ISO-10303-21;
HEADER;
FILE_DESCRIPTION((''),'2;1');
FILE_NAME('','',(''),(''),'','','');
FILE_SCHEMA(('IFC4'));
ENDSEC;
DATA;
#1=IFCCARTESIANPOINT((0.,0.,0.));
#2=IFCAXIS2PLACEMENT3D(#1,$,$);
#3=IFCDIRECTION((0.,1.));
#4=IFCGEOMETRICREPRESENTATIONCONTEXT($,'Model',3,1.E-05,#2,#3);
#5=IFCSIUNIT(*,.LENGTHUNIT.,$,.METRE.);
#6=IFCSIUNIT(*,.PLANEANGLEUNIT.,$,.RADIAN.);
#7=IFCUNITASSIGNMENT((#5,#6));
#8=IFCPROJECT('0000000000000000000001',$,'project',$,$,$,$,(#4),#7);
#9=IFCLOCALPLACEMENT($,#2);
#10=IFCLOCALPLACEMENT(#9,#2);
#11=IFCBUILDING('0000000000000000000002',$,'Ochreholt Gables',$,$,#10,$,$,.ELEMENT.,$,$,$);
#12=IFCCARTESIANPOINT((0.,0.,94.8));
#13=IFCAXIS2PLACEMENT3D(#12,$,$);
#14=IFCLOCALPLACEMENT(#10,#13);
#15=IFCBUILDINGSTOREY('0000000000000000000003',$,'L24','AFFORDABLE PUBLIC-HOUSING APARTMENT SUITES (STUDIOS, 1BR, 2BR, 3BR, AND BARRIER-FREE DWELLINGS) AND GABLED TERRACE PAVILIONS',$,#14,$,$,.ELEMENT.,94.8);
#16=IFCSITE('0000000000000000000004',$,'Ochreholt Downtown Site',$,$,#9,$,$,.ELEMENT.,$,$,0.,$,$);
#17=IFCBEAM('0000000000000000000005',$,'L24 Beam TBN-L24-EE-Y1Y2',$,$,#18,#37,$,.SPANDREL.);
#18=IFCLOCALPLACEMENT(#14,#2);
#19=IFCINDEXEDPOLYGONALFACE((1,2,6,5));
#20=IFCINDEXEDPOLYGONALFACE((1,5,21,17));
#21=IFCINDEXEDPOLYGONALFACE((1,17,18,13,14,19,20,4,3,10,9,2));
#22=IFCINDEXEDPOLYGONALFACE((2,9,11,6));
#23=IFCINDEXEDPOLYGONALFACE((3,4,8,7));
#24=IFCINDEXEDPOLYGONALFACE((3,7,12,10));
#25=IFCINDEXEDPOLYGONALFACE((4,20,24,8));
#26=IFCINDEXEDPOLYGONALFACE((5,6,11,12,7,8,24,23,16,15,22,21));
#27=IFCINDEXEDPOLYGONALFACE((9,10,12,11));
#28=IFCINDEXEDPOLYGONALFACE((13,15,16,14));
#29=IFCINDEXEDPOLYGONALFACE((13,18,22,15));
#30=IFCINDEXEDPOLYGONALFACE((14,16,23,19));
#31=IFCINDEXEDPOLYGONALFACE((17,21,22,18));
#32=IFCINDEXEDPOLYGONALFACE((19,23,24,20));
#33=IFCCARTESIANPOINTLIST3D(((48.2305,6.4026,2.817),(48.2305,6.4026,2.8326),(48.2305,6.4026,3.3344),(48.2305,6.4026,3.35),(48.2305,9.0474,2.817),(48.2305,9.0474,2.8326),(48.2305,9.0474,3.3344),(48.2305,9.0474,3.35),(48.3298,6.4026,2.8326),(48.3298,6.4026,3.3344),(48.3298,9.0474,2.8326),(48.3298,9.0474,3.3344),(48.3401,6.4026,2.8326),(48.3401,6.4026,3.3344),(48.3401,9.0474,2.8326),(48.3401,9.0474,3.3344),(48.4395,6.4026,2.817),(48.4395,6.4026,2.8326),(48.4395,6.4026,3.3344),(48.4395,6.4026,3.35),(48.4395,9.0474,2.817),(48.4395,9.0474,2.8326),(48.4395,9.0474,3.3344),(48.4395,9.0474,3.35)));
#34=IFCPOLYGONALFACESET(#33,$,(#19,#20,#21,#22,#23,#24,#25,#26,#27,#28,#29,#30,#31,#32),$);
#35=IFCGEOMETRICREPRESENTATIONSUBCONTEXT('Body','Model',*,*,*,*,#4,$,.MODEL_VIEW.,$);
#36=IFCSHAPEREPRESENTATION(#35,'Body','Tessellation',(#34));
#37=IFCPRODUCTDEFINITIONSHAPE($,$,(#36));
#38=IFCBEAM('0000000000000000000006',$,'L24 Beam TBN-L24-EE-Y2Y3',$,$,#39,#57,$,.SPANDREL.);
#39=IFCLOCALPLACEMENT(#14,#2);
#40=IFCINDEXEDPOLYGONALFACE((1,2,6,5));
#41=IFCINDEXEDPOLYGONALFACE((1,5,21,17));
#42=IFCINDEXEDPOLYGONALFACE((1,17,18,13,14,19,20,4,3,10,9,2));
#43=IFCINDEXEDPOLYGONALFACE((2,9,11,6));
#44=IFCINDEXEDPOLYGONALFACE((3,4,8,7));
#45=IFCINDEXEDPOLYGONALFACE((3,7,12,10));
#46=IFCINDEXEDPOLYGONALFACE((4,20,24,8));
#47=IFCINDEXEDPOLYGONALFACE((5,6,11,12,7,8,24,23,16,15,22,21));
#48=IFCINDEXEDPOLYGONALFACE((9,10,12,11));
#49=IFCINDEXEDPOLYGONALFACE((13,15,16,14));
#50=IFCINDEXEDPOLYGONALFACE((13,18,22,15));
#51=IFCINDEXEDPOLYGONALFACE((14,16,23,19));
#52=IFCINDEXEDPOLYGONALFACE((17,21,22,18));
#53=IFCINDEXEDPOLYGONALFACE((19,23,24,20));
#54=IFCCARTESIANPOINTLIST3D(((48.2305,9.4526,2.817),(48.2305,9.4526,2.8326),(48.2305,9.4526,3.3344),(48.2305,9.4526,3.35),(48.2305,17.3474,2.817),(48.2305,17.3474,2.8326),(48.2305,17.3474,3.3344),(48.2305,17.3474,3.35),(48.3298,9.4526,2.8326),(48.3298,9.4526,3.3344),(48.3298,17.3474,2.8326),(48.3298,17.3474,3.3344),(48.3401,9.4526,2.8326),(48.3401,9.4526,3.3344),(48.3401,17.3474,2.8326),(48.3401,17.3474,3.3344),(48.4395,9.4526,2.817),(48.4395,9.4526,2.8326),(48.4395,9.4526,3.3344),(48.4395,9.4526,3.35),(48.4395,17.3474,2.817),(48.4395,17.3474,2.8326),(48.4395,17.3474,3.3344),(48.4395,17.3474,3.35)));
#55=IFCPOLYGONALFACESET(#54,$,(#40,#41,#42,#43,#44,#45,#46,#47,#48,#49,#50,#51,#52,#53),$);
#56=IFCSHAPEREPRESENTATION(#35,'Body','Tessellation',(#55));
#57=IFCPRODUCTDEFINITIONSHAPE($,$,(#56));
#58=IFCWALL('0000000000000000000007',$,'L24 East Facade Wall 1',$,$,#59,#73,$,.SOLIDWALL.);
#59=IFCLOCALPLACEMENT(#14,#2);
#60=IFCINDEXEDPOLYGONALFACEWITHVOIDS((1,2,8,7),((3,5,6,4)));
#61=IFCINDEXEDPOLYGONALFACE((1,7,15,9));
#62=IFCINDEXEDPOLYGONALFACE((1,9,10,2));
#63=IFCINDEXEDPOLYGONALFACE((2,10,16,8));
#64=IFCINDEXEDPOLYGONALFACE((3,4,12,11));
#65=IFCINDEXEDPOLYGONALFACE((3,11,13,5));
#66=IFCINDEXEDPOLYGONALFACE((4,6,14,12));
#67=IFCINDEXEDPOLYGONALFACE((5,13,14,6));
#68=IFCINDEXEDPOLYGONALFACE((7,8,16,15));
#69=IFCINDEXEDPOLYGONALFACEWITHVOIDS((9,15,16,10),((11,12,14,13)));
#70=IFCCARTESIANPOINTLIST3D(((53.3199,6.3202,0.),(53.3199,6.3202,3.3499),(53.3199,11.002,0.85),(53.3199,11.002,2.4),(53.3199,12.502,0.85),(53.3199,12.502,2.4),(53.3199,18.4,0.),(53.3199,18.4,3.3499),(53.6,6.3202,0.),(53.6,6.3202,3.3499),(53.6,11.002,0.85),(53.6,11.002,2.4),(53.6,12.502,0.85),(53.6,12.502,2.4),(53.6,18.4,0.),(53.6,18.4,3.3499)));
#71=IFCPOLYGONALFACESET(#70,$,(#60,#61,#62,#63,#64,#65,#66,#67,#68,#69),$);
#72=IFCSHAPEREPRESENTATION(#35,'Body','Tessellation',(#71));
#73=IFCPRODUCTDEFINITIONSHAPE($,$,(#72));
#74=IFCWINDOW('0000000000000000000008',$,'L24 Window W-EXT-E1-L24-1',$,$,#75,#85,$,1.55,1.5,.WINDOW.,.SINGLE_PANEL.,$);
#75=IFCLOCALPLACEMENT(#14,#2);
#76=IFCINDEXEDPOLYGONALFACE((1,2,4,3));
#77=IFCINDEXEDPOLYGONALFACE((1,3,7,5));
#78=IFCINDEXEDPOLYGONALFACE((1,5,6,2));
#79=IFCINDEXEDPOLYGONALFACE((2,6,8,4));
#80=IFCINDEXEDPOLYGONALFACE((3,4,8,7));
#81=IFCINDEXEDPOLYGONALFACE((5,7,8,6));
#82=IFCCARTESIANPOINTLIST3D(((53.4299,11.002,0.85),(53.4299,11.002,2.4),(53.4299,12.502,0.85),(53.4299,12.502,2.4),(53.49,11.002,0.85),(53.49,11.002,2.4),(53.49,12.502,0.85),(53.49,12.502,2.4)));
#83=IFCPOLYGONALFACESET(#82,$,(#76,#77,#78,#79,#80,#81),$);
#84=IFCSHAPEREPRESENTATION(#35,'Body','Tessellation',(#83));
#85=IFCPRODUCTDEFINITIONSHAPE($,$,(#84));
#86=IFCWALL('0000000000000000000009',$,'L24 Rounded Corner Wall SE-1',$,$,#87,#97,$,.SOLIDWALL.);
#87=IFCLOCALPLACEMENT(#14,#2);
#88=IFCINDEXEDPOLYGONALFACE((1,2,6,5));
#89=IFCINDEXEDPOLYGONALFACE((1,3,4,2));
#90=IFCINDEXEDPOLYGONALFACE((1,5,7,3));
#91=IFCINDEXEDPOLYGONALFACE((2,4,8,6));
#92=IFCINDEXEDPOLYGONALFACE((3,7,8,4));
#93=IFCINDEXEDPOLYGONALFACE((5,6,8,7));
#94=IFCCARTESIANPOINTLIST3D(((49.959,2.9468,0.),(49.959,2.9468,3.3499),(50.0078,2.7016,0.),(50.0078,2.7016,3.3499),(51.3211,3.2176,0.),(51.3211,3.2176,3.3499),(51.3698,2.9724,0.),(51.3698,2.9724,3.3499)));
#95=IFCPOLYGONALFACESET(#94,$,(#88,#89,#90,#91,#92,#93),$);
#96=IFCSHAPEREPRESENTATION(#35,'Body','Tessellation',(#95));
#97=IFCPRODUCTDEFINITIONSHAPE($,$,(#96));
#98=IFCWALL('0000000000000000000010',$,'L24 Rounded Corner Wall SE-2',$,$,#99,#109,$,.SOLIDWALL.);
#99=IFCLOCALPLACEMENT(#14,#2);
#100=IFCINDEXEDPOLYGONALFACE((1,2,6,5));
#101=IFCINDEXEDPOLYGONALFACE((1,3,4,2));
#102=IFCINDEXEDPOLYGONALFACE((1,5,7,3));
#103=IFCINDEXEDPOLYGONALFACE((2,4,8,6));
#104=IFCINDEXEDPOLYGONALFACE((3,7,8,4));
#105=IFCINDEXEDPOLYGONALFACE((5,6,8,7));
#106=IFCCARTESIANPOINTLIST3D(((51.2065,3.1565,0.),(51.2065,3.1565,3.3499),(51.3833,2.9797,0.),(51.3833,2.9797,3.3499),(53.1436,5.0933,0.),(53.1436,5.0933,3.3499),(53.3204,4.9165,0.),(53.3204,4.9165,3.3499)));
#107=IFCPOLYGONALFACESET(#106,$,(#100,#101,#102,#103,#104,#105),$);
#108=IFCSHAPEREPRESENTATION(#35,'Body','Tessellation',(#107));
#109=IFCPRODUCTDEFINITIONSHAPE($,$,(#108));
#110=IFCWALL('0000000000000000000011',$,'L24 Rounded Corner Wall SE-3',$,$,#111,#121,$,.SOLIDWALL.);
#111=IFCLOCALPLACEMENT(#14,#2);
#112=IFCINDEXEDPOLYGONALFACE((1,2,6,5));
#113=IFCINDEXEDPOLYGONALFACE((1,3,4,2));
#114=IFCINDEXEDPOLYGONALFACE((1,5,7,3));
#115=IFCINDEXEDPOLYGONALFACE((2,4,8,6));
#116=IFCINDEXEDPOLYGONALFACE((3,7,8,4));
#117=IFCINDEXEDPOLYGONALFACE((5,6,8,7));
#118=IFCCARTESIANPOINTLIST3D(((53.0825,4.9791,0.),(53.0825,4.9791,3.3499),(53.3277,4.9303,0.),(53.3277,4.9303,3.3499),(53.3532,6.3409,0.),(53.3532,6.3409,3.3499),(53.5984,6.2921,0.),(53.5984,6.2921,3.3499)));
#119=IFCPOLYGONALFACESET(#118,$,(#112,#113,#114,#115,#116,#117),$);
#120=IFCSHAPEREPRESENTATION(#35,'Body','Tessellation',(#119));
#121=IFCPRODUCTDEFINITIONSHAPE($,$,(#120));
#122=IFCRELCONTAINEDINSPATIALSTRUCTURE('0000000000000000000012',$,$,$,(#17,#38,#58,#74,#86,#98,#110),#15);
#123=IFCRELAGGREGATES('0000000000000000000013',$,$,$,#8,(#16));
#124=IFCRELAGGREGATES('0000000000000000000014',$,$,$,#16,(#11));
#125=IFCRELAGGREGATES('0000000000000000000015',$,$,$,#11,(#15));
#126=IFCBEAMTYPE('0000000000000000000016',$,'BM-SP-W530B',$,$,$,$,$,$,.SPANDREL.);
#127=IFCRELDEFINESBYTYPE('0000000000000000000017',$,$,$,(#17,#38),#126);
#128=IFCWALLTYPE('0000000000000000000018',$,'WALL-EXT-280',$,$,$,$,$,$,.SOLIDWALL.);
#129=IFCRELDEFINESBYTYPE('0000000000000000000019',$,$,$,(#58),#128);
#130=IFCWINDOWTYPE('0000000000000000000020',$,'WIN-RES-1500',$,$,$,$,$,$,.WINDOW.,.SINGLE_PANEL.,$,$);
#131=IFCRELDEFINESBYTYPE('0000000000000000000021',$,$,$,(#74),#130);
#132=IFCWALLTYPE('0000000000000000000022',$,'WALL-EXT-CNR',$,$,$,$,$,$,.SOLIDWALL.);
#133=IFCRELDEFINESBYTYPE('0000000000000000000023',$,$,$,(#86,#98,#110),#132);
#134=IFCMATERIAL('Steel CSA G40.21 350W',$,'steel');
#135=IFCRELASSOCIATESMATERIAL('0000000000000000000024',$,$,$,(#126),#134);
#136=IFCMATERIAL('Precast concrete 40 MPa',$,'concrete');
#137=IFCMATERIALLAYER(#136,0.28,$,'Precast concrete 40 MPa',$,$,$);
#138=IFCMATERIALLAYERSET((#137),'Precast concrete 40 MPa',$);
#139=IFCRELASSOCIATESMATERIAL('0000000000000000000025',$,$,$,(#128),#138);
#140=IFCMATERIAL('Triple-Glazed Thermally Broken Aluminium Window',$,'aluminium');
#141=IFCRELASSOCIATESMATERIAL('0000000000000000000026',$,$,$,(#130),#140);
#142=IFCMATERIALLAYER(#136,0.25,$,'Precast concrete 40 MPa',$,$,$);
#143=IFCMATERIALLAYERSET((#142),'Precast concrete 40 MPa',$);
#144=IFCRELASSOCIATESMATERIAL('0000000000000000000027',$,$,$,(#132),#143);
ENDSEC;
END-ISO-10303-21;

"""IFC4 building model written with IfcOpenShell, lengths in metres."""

from ifc_helpers import new_model, si_unit, direction, frame, frame_2d, origin, origin_2d, place, context, subcontext, project, spatial, rectangle, i_section, extrude, material, layer, layer_set, material_profile, profile_set, type_object, element, fill, save


model = new_model("IFC4")

# Units and contexts
model_context = context("Model", 3, precision=1e-05, world=origin(), true_north=direction((0.0, 1.0)))
body_context = subcontext(model_context, "Body", "Model", "MODEL_VIEW")
ifc_project = project(units=[si_unit("LENGTHUNIT", "METRE"), si_unit("PLANEANGLEUNIT", "RADIAN")], contexts=[model_context])

# Site, building, storey
site_placement = place(None, origin())
site = spatial("IfcSite", under=ifc_project, at=site_placement, Name="Ochreholt Downtown Site", CompositionType="ELEMENT", RefElevation=0.0)
building_placement = place(site_placement, origin())
building = spatial("IfcBuilding", under=site, at=building_placement, Name="Ochreholt Gables", CompositionType="ELEMENT")
storey_placement = place(building_placement, frame((0.0, 0.0, 94.8)))
storey = spatial("IfcBuildingStorey", under=building, at=storey_placement, Name="L24", Description="AFFORDABLE PUBLIC-HOUSING APARTMENT SUITES (STUDIOS, 1BR, 2BR, 3BR, AND BARRIER-FREE DWELLINGS) AND GABLED TERRACE PAVILIONS", CompositionType="ELEMENT", Elevation=94.8)

# Shared definitions
ifc_material_1 = material(Name="Steel CSA G40.21 350W", Category="steel")

# Beams
ifc_material_profile_1 = material_profile(ifc_material_1, i_section(OverallWidth=0.209, OverallDepth=0.533, WebThickness=0.0103, FlangeThickness=0.0156, at=origin_2d()), Name="W530X92")
ifc_profile_set_1 = profile_set([ifc_material_profile_1], Name="Steel CSA G40.21 350W")
beam_type_1 = type_object("IfcBeamType", Name="BM-SP-W530B", PredefinedType="SPANDREL", material=ifc_profile_set_1)
beam_1_placement = place(storey_placement, frame((48.335, 6.4026, 3.0835), z_axis=(0.0, 1.0, 0.0), x_axis=(-1.0, 0.0, 0.0)))
element("IfcBeam", 1, at=beam_1_placement, inside=storey, type_object=beam_type_1, Name="L24 Beam TBN-L24-EE-Y1Y2", PredefinedType="SPANDREL", context=body_context, shape_type="SweptSolid", body=[
    extrude(i_section(OverallWidth=0.209, OverallDepth=0.533, WebThickness=0.0103, FlangeThickness=0.0156, at=origin_2d()), origin(), (0.0, 0.0, 1.0), 2.6448),
])
beam_2_placement = place(storey_placement, frame((48.335, 9.4526, 3.0835), z_axis=(0.0, 1.0, 0.0), x_axis=(-1.0, 0.0, 0.0)))
element("IfcBeam", 2, at=beam_2_placement, inside=storey, type_object=beam_type_1, Name="L24 Beam TBN-L24-EE-Y2Y3", PredefinedType="SPANDREL", context=body_context, shape_type="SweptSolid", body=[
    extrude(i_section(OverallWidth=0.209, OverallDepth=0.533, WebThickness=0.0103, FlangeThickness=0.0156, at=origin_2d()), origin(), (0.0, 0.0, 1.0), 7.8948),
])

# Wall, opening, window
ifc_material_2 = material(Name="Precast concrete 40 MPa", Category="concrete")
ifc_layer_1 = layer(ifc_material_2, 0.28, Name="Precast concrete 40 MPa")
ifc_layer_set_1 = layer_set([ifc_layer_1], Name="Precast concrete 40 MPa")
wall_type_1 = type_object("IfcWallType", Name="WALL-EXT-280", PredefinedType="SOLIDWALL", material=ifc_layer_set_1)
wall_1_placement = place(storey_placement, frame((53.46, 6.3201, 0.0), z_axis=(0.0, 0.0, 1.0), x_axis=(0.0, 1.0, 0.0)))
wall_1 = element("IfcWall", 3, at=wall_1_placement, inside=storey, type_object=wall_type_1, Name="L24 East Facade Wall 1", PredefinedType="SOLIDWALL", context=body_context, shape_type="SweptSolid", body=[
    extrude(rectangle(XDim=12.0798, YDim=0.28, at=frame_2d((6.04, 0.0))), origin(), (0.0, 0.0, 1.0), 3.3499),
])
opening_1_placement = place(wall_1_placement, frame((4.6819, 0.0, 0.8501)))
opening_1 = element("IfcOpeningElement", 4, at=opening_1_placement, cuts=wall_1, PredefinedType="OPENING", context=body_context, shape_type="SweptSolid", body=[
    extrude(rectangle(XDim=1.5, YDim=1.55, at=frame_2d((0.75, 0.7749))), frame((0.0, 0.1499, 0.0), z_axis=(0.0, -1.0, 0.0), x_axis=(1.0, 0.0, 0.0)), (0.0, 0.0, 1.0), 0.3),
])
ifc_material_3 = material(Name="Triple-Glazed Thermally Broken Aluminium Window", Category="aluminium")
window_type = type_object("IfcWindowType", Name="WIN-RES-1500", PartitioningType="SINGLE_PANEL", PredefinedType="WINDOW", material=ifc_material_3)
window_placement = place(opening_1_placement, origin())
window = element("IfcWindow", 5, at=window_placement, inside=storey, type_object=window_type, Name="L24 Window W-EXT-E1-L24-1", OverallHeight=1.55, OverallWidth=1.5, PartitioningType="SINGLE_PANEL", PredefinedType="WINDOW", context=body_context, shape_type="SweptSolid", body=[
    extrude(rectangle(XDim=1.5, YDim=1.55, at=frame_2d((0.75, 0.7749))), frame((0.0, 0.03, 0.0), z_axis=(0.0, -1.0, 0.0), x_axis=(1.0, 0.0, 0.0)), (0.0, 0.0, 1.0), 0.0601),
])
fill(opening_1, window)

# Walls
ifc_layer_2 = layer(ifc_material_2, 0.25, Name="Precast concrete 40 MPa")
ifc_layer_set_2 = layer_set([ifc_layer_2], Name="Precast concrete 40 MPa")
wall_type_2 = type_object("IfcWallType", Name="WALL-EXT-CNR", PredefinedType="SOLIDWALL", material=ifc_layer_set_2)
wall_2_placement = place(storey_placement, frame((49.9834, 2.8242, 0.0), z_axis=(0.0, 0.0, 1.0), x_axis=(0.98081, 0.194967, 0.0)))
element("IfcWall", 6, at=wall_2_placement, inside=storey, type_object=wall_type_2, Name="L24 Rounded Corner Wall SE-1", PredefinedType="SOLIDWALL", context=body_context, shape_type="SweptSolid", body=[
    extrude(rectangle(XDim=1.3887, YDim=0.25, at=frame_2d((0.6943, 0.0))), origin(), (0.0, 0.0, 1.0), 3.3499),
])
wall_3_placement = place(storey_placement, frame((51.2949, 3.0681, 0.0), z_axis=(0.0, 0.0, 1.0), x_axis=(0.707151, 0.707062, 0.0)))
element("IfcWall", 7, at=wall_3_placement, inside=storey, type_object=wall_type_2, Name="L24 Rounded Corner Wall SE-2", PredefinedType="SOLIDWALL", context=body_context, shape_type="SweptSolid", body=[
    extrude(rectangle(XDim=2.7393, YDim=0.25, at=frame_2d((1.3696, 0.0))), origin(), (0.0, 0.0, 1.0), 3.3499),
])
wall_4_placement = place(storey_placement, frame((53.2051, 4.9546, 0.0), z_axis=(0.0, 0.0, 1.0), x_axis=(0.195, 0.980803, 0.0)))
element("IfcWall", 8, at=wall_4_placement, inside=storey, type_object=wall_type_2, Name="L24 Rounded Corner Wall SE-3", PredefinedType="SOLIDWALL", context=body_context, shape_type="SweptSolid", body=[
    extrude(rectangle(XDim=1.3884, YDim=0.25, at=frame_2d((0.6943, 0.0))), origin(), (0.0, 0.0, 1.0), 3.3499),
])

save(model, "model.ifc")
